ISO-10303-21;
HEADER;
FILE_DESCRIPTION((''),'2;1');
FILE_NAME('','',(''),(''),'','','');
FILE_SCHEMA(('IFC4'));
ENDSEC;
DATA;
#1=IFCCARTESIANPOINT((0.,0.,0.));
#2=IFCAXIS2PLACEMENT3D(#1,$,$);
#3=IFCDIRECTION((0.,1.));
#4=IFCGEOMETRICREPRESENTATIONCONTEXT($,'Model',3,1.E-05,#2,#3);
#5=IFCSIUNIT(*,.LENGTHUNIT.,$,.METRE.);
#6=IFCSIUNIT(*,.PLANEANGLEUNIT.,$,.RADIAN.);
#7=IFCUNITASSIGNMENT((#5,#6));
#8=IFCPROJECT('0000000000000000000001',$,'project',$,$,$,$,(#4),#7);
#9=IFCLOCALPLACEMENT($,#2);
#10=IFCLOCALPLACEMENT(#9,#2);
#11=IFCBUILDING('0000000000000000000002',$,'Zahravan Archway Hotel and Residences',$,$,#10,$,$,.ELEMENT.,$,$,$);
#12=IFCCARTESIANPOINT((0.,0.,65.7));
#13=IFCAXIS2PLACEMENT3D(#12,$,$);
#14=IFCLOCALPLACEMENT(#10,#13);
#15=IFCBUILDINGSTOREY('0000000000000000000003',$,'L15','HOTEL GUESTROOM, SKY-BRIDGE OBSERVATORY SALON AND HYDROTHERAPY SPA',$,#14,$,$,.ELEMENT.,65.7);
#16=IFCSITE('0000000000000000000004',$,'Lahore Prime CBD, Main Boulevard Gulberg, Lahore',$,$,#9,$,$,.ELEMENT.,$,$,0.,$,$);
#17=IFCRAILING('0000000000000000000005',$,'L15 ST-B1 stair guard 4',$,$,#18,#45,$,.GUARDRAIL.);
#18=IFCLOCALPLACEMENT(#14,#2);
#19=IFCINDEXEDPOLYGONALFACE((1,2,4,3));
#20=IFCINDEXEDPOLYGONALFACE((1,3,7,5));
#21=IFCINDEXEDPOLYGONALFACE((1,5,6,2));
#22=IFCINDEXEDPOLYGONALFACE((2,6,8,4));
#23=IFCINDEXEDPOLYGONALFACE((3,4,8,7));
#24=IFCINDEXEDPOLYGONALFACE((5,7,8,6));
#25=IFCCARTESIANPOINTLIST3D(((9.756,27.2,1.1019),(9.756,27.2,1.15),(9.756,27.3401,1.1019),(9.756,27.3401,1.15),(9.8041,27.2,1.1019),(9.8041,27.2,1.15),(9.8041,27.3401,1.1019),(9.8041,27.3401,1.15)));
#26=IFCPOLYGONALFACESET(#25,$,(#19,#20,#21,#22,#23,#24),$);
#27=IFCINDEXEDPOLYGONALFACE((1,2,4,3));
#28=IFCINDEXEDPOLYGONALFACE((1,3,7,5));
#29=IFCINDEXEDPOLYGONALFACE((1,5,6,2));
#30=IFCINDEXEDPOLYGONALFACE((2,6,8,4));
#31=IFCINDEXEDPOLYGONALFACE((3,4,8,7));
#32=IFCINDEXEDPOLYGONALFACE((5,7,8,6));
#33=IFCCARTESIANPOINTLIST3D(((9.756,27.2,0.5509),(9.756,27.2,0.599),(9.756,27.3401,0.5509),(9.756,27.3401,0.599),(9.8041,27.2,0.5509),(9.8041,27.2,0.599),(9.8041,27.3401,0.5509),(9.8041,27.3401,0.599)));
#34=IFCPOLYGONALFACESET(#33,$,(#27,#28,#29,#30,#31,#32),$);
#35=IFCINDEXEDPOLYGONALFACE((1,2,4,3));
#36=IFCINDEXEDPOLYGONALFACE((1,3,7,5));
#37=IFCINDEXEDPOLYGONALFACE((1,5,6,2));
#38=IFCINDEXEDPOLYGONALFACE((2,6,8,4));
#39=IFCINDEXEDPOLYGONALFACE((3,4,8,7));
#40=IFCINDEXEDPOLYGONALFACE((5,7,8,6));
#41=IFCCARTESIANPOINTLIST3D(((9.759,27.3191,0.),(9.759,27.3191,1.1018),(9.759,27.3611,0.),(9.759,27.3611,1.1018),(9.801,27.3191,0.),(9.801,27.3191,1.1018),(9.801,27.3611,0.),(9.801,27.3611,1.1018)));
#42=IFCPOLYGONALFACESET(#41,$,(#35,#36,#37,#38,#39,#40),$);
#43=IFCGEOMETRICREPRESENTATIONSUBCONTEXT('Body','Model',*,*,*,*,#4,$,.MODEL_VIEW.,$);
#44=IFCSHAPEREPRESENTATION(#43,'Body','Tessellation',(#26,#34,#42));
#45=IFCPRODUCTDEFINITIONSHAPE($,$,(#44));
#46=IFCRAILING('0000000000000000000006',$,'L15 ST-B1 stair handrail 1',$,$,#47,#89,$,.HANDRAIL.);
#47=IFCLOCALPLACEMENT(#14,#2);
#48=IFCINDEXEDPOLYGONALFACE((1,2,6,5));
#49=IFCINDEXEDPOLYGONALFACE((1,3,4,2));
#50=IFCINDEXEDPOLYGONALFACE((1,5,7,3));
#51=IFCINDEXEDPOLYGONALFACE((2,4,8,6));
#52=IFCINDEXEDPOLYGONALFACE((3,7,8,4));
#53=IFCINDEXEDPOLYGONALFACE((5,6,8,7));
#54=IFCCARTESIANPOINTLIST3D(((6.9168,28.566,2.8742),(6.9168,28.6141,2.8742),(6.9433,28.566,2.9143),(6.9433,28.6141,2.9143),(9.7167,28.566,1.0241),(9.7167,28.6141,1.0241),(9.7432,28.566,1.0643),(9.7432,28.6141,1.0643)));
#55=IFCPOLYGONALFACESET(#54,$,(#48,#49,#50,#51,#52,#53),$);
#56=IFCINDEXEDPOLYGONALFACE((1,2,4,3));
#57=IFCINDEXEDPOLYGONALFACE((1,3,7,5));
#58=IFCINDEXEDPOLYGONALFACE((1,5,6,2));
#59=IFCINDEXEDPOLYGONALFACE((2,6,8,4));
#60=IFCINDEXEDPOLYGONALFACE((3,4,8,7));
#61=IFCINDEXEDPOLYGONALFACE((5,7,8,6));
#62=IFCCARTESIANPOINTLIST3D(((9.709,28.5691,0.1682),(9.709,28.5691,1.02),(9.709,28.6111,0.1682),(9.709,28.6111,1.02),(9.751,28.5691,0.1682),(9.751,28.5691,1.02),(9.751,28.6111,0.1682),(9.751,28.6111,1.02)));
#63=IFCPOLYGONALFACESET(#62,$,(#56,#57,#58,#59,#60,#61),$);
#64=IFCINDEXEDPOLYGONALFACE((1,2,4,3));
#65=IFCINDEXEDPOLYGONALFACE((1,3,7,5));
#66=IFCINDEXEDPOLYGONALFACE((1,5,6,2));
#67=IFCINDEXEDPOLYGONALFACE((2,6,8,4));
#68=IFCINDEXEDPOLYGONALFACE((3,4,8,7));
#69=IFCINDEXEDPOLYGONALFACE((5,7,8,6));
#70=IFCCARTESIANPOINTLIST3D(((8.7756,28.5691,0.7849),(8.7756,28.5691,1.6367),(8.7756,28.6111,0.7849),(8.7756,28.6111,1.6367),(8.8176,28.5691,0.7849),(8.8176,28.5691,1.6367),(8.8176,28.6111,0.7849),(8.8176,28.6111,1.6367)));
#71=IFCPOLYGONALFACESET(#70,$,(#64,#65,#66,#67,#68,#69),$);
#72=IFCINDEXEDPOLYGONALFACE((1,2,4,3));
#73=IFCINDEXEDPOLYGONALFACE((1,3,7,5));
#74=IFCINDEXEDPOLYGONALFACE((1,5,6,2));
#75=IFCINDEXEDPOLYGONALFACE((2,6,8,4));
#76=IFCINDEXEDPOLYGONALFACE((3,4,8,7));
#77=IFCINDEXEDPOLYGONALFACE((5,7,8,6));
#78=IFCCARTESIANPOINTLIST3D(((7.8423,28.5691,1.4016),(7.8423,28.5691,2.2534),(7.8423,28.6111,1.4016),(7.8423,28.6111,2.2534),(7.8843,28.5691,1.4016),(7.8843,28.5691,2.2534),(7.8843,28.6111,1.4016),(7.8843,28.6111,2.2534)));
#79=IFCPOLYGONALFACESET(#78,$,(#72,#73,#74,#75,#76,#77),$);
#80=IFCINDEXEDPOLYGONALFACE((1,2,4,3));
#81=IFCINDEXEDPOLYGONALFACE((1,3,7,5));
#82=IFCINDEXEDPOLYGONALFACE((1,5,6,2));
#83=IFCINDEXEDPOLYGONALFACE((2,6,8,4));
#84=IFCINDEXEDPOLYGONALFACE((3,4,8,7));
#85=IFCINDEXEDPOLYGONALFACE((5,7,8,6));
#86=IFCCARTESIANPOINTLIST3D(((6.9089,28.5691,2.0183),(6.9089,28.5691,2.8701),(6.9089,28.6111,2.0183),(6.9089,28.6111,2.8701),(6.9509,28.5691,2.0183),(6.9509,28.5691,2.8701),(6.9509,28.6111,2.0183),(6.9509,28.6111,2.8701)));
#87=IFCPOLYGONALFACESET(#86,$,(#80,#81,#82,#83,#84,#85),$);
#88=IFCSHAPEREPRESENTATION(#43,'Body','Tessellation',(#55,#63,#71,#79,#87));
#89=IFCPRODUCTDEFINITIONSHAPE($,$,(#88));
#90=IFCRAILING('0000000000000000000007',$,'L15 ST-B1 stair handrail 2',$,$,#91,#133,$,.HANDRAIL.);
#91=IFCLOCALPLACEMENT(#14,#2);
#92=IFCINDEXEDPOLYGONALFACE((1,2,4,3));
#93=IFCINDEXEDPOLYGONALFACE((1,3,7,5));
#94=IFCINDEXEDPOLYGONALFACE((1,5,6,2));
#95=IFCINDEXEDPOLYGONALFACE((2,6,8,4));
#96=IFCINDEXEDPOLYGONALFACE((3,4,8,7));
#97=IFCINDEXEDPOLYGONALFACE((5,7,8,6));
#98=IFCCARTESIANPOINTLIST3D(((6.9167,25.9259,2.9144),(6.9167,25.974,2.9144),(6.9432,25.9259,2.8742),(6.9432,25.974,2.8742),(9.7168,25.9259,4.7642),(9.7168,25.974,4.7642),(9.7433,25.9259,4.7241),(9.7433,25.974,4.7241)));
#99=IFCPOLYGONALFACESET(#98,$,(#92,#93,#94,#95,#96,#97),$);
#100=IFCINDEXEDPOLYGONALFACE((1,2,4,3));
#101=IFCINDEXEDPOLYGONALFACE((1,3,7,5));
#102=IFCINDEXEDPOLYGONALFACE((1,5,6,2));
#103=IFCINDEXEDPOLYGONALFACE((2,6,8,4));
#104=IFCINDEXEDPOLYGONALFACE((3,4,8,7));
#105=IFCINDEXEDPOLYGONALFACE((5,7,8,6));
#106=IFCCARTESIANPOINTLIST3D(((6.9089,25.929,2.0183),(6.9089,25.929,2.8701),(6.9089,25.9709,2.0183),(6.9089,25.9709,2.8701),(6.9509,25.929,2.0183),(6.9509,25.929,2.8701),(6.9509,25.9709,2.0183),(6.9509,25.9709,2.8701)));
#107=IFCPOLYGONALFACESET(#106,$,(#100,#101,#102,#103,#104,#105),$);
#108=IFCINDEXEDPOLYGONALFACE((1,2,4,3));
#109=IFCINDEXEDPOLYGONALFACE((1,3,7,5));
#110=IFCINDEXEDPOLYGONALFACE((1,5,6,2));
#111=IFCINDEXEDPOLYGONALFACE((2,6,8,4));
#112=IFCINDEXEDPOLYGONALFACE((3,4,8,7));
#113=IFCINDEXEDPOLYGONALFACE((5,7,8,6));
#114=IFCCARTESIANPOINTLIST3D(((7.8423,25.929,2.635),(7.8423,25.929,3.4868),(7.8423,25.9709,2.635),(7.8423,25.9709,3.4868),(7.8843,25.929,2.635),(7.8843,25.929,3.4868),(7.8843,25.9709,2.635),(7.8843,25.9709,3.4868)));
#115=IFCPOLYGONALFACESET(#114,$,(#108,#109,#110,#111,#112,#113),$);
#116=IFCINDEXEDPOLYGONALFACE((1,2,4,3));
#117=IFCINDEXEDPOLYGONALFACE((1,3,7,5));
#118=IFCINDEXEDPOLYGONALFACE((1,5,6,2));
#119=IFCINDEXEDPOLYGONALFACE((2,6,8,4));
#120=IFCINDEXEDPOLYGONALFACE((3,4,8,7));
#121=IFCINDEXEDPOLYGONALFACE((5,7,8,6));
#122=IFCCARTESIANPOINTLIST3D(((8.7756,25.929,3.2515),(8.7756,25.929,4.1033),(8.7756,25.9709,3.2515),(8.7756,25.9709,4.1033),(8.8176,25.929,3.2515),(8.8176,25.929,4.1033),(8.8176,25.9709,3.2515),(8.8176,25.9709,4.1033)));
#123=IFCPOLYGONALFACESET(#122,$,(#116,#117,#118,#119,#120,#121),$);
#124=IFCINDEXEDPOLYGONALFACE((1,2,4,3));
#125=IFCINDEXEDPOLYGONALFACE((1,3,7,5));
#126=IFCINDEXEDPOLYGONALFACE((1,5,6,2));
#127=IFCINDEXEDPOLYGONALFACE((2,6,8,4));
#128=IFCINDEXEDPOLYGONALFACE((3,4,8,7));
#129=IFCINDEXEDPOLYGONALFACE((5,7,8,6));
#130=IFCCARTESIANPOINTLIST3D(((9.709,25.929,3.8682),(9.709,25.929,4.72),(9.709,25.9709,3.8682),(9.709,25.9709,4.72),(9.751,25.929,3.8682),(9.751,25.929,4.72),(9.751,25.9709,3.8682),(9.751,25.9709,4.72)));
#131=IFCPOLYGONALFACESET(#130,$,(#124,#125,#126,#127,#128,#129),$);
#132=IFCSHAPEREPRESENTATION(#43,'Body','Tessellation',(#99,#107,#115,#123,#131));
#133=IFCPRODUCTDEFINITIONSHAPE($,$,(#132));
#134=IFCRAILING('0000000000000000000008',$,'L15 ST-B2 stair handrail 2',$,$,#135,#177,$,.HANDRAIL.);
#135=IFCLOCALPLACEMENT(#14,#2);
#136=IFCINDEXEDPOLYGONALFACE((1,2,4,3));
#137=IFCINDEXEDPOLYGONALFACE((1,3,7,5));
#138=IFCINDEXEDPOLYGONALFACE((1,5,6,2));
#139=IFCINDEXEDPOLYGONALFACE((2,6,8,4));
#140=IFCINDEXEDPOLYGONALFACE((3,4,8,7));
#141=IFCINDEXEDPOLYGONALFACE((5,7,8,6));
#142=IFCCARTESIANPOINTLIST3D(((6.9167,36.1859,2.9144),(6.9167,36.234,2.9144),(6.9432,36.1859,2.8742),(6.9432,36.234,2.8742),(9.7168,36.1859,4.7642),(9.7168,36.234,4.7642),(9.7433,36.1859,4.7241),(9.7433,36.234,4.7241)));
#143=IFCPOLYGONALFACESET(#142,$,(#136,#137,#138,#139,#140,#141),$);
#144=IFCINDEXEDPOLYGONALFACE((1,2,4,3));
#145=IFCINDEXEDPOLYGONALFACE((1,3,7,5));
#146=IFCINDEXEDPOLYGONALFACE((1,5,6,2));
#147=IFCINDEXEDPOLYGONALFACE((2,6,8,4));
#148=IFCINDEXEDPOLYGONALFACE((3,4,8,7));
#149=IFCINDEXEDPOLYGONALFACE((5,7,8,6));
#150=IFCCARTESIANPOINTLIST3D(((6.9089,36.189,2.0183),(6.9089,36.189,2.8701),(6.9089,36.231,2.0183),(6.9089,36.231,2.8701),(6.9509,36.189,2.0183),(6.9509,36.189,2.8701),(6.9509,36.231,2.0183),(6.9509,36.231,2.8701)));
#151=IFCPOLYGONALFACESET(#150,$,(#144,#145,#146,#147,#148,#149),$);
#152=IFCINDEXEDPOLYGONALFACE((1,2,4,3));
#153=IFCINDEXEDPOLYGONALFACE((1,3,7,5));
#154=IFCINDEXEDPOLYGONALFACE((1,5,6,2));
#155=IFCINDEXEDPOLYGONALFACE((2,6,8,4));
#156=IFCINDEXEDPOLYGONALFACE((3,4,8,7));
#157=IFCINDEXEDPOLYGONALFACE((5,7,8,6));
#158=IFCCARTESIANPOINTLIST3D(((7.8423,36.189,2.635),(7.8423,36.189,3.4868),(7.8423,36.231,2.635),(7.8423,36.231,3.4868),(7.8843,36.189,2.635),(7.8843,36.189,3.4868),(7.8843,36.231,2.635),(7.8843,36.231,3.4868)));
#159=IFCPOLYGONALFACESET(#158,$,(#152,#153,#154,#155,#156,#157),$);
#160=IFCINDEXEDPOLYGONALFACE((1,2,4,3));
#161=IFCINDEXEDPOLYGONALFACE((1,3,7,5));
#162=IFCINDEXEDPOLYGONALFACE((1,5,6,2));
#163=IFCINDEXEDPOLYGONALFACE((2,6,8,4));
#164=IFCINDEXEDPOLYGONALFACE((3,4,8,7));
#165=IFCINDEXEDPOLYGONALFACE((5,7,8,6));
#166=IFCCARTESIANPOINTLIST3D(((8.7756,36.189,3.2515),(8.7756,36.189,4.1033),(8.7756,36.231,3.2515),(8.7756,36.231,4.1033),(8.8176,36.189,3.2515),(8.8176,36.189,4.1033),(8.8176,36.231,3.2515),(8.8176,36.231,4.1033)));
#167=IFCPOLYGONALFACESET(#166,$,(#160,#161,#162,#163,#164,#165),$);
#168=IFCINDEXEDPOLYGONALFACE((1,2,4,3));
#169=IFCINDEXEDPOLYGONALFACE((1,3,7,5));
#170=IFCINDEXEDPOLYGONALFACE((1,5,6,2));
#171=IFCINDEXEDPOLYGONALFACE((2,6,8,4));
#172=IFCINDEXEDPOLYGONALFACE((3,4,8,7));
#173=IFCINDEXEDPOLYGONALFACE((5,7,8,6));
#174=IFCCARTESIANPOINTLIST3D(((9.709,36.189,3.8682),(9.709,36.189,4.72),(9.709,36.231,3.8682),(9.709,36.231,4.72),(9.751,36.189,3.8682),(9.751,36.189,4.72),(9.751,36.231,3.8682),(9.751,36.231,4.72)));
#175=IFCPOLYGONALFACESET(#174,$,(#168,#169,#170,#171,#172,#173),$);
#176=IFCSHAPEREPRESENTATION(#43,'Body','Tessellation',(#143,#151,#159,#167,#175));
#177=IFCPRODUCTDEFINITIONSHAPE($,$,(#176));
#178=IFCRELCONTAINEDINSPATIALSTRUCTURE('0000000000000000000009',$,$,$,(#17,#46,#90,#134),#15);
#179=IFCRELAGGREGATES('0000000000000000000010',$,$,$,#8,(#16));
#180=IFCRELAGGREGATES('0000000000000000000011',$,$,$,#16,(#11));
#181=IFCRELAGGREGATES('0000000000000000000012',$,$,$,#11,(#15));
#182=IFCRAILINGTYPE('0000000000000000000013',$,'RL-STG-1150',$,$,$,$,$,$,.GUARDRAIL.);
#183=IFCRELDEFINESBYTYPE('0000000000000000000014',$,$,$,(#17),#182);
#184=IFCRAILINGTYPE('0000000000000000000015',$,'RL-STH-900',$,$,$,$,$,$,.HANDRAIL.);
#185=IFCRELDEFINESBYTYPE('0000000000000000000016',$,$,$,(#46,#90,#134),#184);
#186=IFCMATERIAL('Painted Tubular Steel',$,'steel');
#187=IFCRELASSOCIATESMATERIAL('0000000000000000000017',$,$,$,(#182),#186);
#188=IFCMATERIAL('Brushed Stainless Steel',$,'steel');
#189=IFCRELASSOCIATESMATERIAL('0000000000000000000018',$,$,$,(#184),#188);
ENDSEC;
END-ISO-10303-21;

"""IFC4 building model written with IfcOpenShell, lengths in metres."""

from ifc_helpers import new_model, si_unit, direction, frame, origin, origin_2d, place, context, subcontext, project, spatial, rectangle, extrude, material, type_object, element, save


model = new_model("IFC4")

# Units and contexts
model_context = context("Model", 3, precision=1e-05, world=origin(), true_north=direction((0.0, 1.0)))
body_context = subcontext(model_context, "Body", "Model", "MODEL_VIEW")
ifc_project = project(units=[si_unit("LENGTHUNIT", "METRE"), si_unit("PLANEANGLEUNIT", "RADIAN")], contexts=[model_context])

# Site, building, storey
site_placement = place(None, origin())
site = spatial("IfcSite", under=ifc_project, at=site_placement, Name="Lahore Prime CBD, Main Boulevard Gulberg, Lahore", CompositionType="ELEMENT", RefElevation=0.0)
building_placement = place(site_placement, origin())
building = spatial("IfcBuilding", under=site, at=building_placement, Name="Zahravan Archway Hotel and Residences", CompositionType="ELEMENT")
storey_placement = place(building_placement, frame((0.0, 0.0, 65.7)))
storey = spatial("IfcBuildingStorey", under=building, at=storey_placement, Name="L15", Description="HOTEL GUESTROOM, SKY-BRIDGE OBSERVATORY SALON AND HYDROTHERAPY SPA", CompositionType="ELEMENT", Elevation=65.7)

# Shared definitions
ifc_material_1 = material(Name="Brushed Stainless Steel", Category="steel")

# Railings
ifc_material_2 = material(Name="Painted Tubular Steel", Category="steel")
railing_type_1 = type_object("IfcRailingType", Name="RL-STG-1150", PredefinedType="GUARDRAIL", material=ifc_material_2)
railing_1_placement = place(storey_placement, frame((9.78, 27.3401, 0.0)))
element("IfcRailing", 1, at=railing_1_placement, inside=storey, type_object=railing_type_1, Name="L15 ST-B1 stair guard 4", PredefinedType="GUARDRAIL", context=body_context, shape_type="SweptSolid", body=[
    extrude(rectangle(XDim=0.0481, YDim=0.0481, at=origin_2d()), frame((0.0, 0.0, 1.126), z_axis=(0.0, -1.0, 0.0), x_axis=(1.0, 0.0, 0.0)), (0.0, 0.0, 1.0), 0.1401),
    extrude(rectangle(XDim=0.0481, YDim=0.0481, at=origin_2d()), frame((0.0, 0.0, 0.575), z_axis=(0.0, -1.0, 0.0), x_axis=(1.0, 0.0, 0.0)), (0.0, 0.0, 1.0), 0.1401),
    extrude(rectangle(XDim=0.042, YDim=0.042, at=origin_2d()), origin(), (0.0, 0.0, 1.0), 1.1018),
])
railing_type_2 = type_object("IfcRailingType", Name="RL-STH-900", PredefinedType="HANDRAIL", material=ifc_material_1)
railing_2_placement = place(storey_placement, frame((9.73, 28.5901, 0.1682)))
element("IfcRailing", 2, at=railing_2_placement, inside=storey, type_object=railing_type_2, Name="L15 ST-B1 stair handrail 1", PredefinedType="HANDRAIL", context=body_context, shape_type="SweptSolid", body=[
    extrude(rectangle(XDim=0.0481, YDim=0.0481, at=origin_2d()), frame((0.0, 0.0, 0.876), z_axis=(-0.834326, 0.0, 0.551271), x_axis=(0.0, -1.0, 0.0)), (0.0, 0.0, 1.0), 3.356),
    extrude(rectangle(XDim=0.042, YDim=0.042, at=origin_2d()), origin(), (0.0, 0.0, 1.0), 0.8518),
    extrude(rectangle(XDim=0.042, YDim=0.042, at=origin_2d()), frame((-0.9333, 0.0, 0.6167)), (0.0, 0.0, 1.0), 0.8518),
    extrude(rectangle(XDim=0.042, YDim=0.042, at=origin_2d()), frame((-1.8667, 0.0, 1.2334)), (0.0, 0.0, 1.0), 0.8518),
    extrude(rectangle(XDim=0.042, YDim=0.042, at=origin_2d()), frame((-2.8, 0.0, 1.8501)), (0.0, 0.0, 1.0), 0.8518),
])
for number, where, name in (
    (3, (6.9299, 25.95, 2.0183), "L15 ST-B1 stair handrail 2"),
    (4, (6.9299, 36.21, 2.0183), "L15 ST-B2 stair handrail 2"),
):
    element("IfcRailing", number, at=place(storey_placement, frame(where)), inside=storey, type_object=railing_type_2, Name=name, PredefinedType="HANDRAIL", context=body_context, shape_type="SweptSolid", body=[
        extrude(rectangle(XDim=0.0481, YDim=0.0481, at=origin_2d()), frame((0.0, 0.0, 0.876), z_axis=(0.83436, 0.0, 0.55122), x_axis=(0.0, 1.0, 0.0)), (0.0, 0.0, 1.0), 3.356),
        extrude(rectangle(XDim=0.042, YDim=0.042, at=origin_2d()), origin(), (0.0, 0.0, 1.0), 0.8518),
        extrude(rectangle(XDim=0.042, YDim=0.042, at=origin_2d()), frame((0.9333, 0.0, 0.6167)), (0.0, 0.0, 1.0), 0.8518),
        extrude(rectangle(XDim=0.042, YDim=0.042, at=origin_2d()), frame((1.8667, 0.0, 1.2332)), (0.0, 0.0, 1.0), 0.8518),
        extrude(rectangle(XDim=0.042, YDim=0.042, at=origin_2d()), frame((2.8, 0.0, 1.8499)), (0.0, 0.0, 1.0), 0.8518),
    ])

save(model, "model.ifc")
